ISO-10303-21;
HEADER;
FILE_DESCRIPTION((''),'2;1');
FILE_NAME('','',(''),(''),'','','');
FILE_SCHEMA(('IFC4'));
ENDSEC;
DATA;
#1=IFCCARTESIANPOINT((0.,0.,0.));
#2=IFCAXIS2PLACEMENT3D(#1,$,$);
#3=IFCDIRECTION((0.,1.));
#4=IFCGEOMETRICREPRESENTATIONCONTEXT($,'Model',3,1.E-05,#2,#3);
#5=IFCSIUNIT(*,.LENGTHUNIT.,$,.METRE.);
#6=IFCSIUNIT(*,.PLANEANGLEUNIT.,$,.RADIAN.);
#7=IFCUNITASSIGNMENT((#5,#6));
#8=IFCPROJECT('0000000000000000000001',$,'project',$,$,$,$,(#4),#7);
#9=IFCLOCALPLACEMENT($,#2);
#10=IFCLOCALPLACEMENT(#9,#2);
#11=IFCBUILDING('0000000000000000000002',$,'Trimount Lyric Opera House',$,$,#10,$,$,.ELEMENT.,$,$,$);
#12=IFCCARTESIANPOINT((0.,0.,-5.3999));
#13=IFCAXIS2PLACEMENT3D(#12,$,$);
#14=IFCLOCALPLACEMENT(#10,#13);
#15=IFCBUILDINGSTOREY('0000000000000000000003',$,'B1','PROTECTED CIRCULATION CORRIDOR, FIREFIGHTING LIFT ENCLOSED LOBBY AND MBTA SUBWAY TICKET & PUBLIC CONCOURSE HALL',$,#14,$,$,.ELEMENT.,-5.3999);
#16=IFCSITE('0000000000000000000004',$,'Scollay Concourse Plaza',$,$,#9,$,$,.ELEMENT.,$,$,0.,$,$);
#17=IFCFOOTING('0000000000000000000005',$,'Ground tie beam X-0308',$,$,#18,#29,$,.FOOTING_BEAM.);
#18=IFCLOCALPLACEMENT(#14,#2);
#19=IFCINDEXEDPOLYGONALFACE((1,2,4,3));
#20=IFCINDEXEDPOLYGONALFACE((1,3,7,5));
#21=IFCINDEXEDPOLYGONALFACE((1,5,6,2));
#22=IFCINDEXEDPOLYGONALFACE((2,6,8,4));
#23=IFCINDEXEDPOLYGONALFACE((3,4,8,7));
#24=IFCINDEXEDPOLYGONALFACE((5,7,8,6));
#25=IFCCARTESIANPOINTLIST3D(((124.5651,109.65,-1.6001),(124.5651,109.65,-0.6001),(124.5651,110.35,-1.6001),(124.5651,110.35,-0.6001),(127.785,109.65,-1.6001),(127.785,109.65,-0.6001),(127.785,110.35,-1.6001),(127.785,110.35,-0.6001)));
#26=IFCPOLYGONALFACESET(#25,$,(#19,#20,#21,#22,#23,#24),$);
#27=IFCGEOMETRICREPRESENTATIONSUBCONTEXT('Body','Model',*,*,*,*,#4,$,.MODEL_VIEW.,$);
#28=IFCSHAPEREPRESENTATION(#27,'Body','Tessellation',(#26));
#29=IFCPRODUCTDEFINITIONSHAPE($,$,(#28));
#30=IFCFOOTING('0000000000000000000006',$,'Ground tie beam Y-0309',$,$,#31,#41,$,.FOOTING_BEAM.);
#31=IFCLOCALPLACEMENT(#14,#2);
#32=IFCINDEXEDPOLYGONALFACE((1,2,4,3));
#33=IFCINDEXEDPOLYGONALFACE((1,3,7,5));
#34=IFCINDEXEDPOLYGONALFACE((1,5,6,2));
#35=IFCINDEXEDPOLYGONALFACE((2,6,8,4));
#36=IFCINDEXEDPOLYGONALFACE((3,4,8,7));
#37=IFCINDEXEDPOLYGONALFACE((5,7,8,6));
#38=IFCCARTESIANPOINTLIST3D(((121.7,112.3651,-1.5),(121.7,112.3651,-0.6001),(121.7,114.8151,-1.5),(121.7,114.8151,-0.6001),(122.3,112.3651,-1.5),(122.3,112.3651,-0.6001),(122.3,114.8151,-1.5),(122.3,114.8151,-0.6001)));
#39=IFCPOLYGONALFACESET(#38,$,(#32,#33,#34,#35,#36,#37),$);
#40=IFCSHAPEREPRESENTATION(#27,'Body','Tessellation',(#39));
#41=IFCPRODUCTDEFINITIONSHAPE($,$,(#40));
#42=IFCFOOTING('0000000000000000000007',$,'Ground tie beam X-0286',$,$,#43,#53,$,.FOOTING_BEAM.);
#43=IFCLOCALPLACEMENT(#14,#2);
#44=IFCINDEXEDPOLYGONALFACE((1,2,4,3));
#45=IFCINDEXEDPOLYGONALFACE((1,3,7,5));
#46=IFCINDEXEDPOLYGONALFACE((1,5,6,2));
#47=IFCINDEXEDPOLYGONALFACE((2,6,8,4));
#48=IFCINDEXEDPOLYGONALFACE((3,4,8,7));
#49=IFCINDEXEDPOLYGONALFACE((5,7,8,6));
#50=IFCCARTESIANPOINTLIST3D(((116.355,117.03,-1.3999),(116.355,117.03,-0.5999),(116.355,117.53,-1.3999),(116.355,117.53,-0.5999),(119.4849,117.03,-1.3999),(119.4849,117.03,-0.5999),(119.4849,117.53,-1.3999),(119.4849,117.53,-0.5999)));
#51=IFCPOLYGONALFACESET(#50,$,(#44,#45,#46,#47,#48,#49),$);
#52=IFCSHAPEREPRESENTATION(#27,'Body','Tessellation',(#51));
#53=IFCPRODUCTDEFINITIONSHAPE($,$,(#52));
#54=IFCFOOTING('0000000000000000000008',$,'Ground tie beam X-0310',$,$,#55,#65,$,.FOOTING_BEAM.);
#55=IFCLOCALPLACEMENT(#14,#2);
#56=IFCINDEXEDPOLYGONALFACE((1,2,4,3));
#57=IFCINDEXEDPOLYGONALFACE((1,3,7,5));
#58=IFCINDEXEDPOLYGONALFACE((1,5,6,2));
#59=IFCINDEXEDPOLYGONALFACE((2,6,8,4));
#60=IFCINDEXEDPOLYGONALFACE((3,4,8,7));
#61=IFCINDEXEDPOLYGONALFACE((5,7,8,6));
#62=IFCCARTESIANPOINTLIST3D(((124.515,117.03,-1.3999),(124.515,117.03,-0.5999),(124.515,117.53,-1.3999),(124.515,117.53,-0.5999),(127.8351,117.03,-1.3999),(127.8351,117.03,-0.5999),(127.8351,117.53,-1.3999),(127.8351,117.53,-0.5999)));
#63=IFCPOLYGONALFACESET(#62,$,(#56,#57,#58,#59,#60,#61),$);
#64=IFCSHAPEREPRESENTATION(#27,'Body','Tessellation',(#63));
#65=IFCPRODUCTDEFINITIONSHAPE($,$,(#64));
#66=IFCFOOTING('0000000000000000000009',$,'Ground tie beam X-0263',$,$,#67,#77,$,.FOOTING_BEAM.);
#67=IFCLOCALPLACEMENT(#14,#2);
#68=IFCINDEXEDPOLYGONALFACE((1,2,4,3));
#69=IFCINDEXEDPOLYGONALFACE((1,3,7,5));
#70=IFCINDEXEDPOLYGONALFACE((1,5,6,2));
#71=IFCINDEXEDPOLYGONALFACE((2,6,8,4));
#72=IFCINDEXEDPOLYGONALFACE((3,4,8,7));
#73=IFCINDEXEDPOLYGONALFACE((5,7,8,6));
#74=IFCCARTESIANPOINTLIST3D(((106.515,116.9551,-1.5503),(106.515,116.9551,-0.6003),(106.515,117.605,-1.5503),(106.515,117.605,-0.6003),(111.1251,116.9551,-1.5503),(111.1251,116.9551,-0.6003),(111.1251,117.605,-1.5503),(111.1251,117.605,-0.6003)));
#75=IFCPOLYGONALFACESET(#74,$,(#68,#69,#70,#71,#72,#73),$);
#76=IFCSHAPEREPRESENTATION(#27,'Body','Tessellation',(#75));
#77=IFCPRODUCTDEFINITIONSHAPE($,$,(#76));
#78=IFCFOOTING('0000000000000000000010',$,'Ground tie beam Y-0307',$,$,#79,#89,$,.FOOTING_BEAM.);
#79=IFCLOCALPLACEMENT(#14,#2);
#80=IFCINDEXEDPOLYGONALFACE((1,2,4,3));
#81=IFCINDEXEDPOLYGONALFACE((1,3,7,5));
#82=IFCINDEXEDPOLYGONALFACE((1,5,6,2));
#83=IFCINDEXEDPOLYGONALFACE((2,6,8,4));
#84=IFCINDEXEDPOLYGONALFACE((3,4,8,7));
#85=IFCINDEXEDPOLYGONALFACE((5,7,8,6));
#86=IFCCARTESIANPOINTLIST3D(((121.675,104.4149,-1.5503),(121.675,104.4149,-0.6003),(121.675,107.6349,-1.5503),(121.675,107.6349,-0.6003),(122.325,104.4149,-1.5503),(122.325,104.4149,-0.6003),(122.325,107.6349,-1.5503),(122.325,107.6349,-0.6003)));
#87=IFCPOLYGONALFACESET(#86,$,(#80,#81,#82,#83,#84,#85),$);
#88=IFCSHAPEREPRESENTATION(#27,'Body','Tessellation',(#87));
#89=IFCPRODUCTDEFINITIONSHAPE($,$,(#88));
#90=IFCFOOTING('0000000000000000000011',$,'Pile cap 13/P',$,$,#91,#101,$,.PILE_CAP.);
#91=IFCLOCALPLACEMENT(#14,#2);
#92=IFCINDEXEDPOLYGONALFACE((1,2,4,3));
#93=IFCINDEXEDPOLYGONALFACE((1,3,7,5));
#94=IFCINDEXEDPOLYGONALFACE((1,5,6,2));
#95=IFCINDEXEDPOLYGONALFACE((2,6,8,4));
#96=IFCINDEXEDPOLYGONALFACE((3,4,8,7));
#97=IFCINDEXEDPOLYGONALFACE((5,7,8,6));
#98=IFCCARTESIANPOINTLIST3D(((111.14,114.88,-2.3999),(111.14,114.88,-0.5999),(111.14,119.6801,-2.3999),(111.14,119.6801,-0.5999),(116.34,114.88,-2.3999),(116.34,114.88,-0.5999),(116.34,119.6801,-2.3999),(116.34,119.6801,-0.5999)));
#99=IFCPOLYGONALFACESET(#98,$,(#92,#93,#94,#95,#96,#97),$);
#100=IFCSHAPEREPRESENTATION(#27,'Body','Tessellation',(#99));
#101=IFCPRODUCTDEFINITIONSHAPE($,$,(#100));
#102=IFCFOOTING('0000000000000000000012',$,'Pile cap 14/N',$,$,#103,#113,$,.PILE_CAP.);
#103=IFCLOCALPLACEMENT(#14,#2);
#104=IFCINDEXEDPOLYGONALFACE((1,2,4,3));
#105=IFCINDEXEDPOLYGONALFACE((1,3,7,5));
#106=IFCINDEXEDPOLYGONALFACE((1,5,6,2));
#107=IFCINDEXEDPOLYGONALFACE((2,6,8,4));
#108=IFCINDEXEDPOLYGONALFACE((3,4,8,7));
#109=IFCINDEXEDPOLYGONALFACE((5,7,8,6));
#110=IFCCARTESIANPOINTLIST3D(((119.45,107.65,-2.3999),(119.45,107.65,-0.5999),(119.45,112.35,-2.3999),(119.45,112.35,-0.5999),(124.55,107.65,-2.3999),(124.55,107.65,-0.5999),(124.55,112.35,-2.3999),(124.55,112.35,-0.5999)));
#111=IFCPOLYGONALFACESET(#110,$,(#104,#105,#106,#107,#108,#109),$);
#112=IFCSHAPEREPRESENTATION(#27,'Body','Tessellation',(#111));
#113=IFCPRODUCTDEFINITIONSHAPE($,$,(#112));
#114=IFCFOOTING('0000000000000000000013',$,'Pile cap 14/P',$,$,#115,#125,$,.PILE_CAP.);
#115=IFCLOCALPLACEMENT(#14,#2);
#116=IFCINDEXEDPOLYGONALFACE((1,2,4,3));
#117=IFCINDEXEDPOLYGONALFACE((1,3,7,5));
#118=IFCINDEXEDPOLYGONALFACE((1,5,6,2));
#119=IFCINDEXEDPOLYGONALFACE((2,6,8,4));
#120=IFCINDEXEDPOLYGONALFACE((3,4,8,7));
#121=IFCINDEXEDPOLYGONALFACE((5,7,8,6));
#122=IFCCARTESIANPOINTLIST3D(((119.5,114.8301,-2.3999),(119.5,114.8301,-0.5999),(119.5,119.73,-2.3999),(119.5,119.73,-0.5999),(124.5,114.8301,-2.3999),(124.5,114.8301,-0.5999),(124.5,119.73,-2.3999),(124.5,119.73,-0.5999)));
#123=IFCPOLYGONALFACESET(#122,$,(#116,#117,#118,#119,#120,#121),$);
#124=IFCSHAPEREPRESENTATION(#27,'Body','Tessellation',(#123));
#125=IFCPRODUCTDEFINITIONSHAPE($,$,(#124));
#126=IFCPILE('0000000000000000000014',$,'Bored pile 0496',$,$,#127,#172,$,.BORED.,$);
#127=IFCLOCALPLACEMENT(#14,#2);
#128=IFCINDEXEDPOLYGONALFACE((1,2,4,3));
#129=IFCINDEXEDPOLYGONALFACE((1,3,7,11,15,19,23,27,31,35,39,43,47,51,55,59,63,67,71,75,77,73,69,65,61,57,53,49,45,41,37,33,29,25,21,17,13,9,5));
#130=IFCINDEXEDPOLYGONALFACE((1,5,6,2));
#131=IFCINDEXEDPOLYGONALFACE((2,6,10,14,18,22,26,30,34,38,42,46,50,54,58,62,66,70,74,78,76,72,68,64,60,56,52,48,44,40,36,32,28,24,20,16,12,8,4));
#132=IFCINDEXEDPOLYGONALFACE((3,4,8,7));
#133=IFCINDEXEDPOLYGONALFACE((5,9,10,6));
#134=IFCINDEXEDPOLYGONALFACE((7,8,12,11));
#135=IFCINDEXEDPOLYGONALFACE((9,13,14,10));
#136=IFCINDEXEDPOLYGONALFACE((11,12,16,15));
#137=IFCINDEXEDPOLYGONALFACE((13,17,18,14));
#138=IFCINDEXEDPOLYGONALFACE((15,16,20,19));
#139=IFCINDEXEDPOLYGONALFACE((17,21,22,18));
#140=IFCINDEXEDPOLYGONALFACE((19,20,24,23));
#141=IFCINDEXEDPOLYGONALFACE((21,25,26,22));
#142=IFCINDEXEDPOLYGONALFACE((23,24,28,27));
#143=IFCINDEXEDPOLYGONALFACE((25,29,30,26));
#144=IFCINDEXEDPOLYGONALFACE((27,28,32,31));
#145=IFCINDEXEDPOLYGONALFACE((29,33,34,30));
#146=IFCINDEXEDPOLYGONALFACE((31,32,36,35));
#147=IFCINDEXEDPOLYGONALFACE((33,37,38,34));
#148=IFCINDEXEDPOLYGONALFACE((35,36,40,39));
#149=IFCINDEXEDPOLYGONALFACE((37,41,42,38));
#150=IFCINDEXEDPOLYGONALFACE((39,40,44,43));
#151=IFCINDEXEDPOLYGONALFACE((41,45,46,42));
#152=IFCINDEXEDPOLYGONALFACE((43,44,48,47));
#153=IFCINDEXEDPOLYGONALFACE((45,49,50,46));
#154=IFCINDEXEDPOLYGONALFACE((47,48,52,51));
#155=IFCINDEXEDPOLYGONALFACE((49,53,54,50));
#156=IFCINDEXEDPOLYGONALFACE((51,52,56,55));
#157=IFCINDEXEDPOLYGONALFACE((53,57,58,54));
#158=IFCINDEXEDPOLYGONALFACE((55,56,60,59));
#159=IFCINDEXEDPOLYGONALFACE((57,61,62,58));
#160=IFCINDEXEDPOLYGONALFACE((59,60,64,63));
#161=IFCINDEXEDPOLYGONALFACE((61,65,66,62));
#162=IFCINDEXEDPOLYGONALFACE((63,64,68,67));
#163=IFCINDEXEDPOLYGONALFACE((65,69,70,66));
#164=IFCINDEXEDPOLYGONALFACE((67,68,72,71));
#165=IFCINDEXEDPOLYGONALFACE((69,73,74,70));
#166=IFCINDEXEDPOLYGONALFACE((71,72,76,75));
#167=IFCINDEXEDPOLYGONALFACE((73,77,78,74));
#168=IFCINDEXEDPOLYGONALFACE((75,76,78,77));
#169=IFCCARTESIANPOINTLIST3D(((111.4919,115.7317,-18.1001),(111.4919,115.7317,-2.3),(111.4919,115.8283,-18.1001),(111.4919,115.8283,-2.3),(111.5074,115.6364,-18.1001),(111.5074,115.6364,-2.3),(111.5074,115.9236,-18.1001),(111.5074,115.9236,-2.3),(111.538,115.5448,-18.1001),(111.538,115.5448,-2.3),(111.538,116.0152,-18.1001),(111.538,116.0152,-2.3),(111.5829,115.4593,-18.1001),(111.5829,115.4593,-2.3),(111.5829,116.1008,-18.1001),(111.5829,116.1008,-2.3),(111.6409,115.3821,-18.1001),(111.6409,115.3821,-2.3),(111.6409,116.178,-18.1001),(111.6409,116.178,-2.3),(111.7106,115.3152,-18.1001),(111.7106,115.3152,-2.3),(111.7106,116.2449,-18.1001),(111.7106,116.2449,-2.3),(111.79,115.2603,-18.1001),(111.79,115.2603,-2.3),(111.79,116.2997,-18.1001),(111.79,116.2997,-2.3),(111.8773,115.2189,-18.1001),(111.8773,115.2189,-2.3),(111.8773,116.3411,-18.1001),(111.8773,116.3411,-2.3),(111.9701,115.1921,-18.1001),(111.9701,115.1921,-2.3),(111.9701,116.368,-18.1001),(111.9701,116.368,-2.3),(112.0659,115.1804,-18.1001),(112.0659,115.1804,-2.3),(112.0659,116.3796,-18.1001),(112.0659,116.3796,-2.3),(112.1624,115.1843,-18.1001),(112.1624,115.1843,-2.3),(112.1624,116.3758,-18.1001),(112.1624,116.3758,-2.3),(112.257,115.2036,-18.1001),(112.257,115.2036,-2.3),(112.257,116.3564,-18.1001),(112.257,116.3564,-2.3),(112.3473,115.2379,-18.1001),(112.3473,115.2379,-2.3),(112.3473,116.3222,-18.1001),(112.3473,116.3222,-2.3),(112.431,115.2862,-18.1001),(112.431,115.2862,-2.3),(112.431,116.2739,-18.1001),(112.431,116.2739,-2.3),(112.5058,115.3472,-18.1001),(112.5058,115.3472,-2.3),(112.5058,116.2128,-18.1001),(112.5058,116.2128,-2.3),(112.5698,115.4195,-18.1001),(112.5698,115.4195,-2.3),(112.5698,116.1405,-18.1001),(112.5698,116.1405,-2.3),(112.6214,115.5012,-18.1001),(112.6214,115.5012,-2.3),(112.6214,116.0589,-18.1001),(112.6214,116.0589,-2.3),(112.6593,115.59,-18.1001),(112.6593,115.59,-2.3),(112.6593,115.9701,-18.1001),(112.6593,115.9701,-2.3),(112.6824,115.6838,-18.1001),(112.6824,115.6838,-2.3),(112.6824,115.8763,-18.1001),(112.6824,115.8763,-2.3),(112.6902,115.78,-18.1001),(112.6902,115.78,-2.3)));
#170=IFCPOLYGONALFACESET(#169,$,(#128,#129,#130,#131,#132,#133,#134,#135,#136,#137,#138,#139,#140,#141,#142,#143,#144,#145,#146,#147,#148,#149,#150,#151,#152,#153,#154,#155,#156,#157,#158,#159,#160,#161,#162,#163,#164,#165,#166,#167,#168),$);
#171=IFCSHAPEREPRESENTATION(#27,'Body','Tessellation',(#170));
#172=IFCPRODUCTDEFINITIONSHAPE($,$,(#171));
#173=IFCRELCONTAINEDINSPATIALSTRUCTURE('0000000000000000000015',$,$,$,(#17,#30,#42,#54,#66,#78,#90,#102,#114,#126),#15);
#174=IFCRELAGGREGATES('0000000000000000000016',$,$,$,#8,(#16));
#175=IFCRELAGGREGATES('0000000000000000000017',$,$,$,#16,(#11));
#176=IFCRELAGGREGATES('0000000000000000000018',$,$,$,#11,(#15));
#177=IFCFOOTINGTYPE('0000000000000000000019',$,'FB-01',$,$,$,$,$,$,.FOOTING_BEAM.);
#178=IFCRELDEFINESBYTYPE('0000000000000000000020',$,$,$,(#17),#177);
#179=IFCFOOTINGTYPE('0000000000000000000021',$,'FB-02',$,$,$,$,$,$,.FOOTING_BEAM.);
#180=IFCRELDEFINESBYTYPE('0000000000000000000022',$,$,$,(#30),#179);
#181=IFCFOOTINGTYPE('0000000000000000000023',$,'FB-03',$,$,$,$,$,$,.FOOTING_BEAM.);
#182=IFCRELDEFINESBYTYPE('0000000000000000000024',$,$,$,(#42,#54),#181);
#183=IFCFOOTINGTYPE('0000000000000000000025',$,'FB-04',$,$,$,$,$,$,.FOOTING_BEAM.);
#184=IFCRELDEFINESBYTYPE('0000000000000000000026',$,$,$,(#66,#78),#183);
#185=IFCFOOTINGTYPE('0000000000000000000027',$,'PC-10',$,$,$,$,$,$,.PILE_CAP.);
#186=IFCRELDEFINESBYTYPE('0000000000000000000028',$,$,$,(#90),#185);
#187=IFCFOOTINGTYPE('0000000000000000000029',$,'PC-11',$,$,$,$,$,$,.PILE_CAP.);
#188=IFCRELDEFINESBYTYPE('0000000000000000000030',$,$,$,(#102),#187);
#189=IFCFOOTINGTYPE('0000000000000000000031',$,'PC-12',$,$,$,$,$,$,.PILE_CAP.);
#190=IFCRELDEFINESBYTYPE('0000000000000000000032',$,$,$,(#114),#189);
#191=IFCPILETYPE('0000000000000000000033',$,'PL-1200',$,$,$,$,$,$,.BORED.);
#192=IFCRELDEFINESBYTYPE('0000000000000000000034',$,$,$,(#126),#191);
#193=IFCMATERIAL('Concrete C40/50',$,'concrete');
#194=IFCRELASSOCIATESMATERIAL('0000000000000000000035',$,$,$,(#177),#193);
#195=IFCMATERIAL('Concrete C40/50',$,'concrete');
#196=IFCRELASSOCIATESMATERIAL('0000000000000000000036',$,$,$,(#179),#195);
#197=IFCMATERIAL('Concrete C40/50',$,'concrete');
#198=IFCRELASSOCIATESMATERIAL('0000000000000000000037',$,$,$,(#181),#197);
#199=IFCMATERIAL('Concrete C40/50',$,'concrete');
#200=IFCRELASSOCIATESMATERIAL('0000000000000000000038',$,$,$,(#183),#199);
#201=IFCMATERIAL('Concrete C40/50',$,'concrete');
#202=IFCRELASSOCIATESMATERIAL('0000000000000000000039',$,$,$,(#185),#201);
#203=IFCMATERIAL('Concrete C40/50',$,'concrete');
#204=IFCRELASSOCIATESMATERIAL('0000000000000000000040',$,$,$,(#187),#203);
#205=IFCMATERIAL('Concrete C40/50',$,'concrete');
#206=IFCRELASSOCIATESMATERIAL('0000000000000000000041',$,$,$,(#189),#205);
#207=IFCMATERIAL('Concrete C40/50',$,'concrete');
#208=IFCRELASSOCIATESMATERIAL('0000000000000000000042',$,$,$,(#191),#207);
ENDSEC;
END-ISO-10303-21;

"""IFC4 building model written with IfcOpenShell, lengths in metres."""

from ifc_helpers import new_model, si_unit, direction, frame, origin, origin_2d, place, context, subcontext, project, spatial, rectangle, circle, extrude, material, material_profile, profile_set, type_object, element, save


model = new_model("IFC4")

# Units and contexts
model_context = context("Model", 3, precision=1e-05, world=origin(), true_north=direction((0.0, 1.0)))
body_context = subcontext(model_context, "Body", "Model", "MODEL_VIEW")
ifc_project = project(units=[si_unit("LENGTHUNIT", "METRE"), si_unit("PLANEANGLEUNIT", "RADIAN")], contexts=[model_context])

# Site, building, storey
site_placement = place(None, origin())
site = spatial("IfcSite", under=ifc_project, at=site_placement, Name="Scollay Concourse Plaza", CompositionType="ELEMENT", RefElevation=0.0)
building_placement = place(site_placement, origin())
building = spatial("IfcBuilding", under=site, at=building_placement, Name="Trimount Lyric Opera House", CompositionType="ELEMENT")
storey_placement = place(building_placement, frame((0.0, 0.0, -5.3999)))
storey = spatial("IfcBuildingStorey", under=building, at=storey_placement, Name="B1", Description="PROTECTED CIRCULATION CORRIDOR, FIREFIGHTING LIFT ENCLOSED LOBBY AND MBTA SUBWAY TICKET & PUBLIC CONCOURSE HALL", CompositionType="ELEMENT", Elevation=-5.3999)

# Footings
ifc_material_1 = material(Name="Concrete C40/50", Category="concrete")
footing_type_1 = type_object("IfcFootingType", Name="FB-01", PredefinedType="FOOTING_BEAM", material=ifc_material_1)
footing_1_placement = place(storey_placement, frame((126.175, 110.0, -1.6001), z_axis=(0.0, 0.0, 1.0), x_axis=(1.0, 0.0, 0.0)))
element("IfcFooting", 1, at=footing_1_placement, inside=storey, type_object=footing_type_1, Name="Ground tie beam X-0308", PredefinedType="FOOTING_BEAM", context=body_context, shape_type="SweptSolid", body=[
    extrude(rectangle(XDim=3.22, YDim=0.7, at=origin_2d()), origin(), (0.0, 0.0, 1.0), 1.0),
])
ifc_material_2 = material(Name="Concrete C40/50", Category="concrete")
footing_type_2 = type_object("IfcFootingType", Name="FB-02", PredefinedType="FOOTING_BEAM", material=ifc_material_2)
footing_2_placement = place(storey_placement, frame((122.0, 113.5901, -1.5), z_axis=(0.0, 0.0, 1.0), x_axis=(1.0, 0.0, 0.0)))
element("IfcFooting", 2, at=footing_2_placement, inside=storey, type_object=footing_type_2, Name="Ground tie beam Y-0309", PredefinedType="FOOTING_BEAM", context=body_context, shape_type="SweptSolid", body=[
    extrude(rectangle(XDim=0.6001, YDim=2.45, at=origin_2d()), origin(), (0.0, 0.0, 1.0), 0.8999),
])
ifc_material_3 = material(Name="Concrete C40/50", Category="concrete")
footing_type_3 = type_object("IfcFootingType", Name="FB-03", PredefinedType="FOOTING_BEAM", material=ifc_material_3)
footing_3_placement = place(storey_placement, frame((117.9199, 117.28, -1.3999), z_axis=(0.0, 0.0, 1.0), x_axis=(1.0, 0.0, 0.0)))
element("IfcFooting", 3, at=footing_3_placement, inside=storey, type_object=footing_type_3, Name="Ground tie beam X-0286", PredefinedType="FOOTING_BEAM", context=body_context, shape_type="SweptSolid", body=[
    extrude(rectangle(XDim=3.1299, YDim=0.5, at=origin_2d()), origin(), (0.0, 0.0, 1.0), 0.8),
])
footing_4_placement = place(storey_placement, frame((126.175, 117.28, -1.3999), z_axis=(0.0, 0.0, 1.0), x_axis=(1.0, 0.0, 0.0)))
element("IfcFooting", 4, at=footing_4_placement, inside=storey, type_object=footing_type_3, Name="Ground tie beam X-0310", PredefinedType="FOOTING_BEAM", context=body_context, shape_type="SweptSolid", body=[
    extrude(rectangle(XDim=3.3201, YDim=0.5, at=origin_2d()), origin(), (0.0, 0.0, 1.0), 0.8),
])
ifc_material_4 = material(Name="Concrete C40/50", Category="concrete")
footing_type_4 = type_object("IfcFootingType", Name="FB-04", PredefinedType="FOOTING_BEAM", material=ifc_material_4)
footing_5_placement = place(storey_placement, frame((108.8201, 117.28, -1.5503), z_axis=(0.0, 0.0, 1.0), x_axis=(1.0, 0.0, 0.0)))
element("IfcFooting", 5, at=footing_5_placement, inside=storey, type_object=footing_type_4, Name="Ground tie beam X-0263", PredefinedType="FOOTING_BEAM", context=body_context, shape_type="SweptSolid", body=[
    extrude(rectangle(XDim=4.6101, YDim=0.6499, at=origin_2d()), origin(), (0.0, 0.0, 1.0), 0.95),
])
footing_6_placement = place(storey_placement, frame((122.0, 106.0249, -1.5503), z_axis=(0.0, 0.0, 1.0), x_axis=(1.0, 0.0, 0.0)))
element("IfcFooting", 6, at=footing_6_placement, inside=storey, type_object=footing_type_4, Name="Ground tie beam Y-0307", PredefinedType="FOOTING_BEAM", context=body_context, shape_type="SweptSolid", body=[
    extrude(rectangle(XDim=0.6499, YDim=3.22, at=origin_2d()), origin(), (0.0, 0.0, 1.0), 0.95),
])
ifc_material_5 = material(Name="Concrete C40/50", Category="concrete")
footing_type_5 = type_object("IfcFootingType", Name="PC-10", PredefinedType="PILE_CAP", material=ifc_material_5)
footing_7_placement = place(storey_placement, frame((113.74, 117.28, -2.3999), z_axis=(0.0, 0.0, 1.0), x_axis=(1.0, 0.0, 0.0)))
element("IfcFooting", 7, at=footing_7_placement, inside=storey, type_object=footing_type_5, Name="Pile cap 13/P", PredefinedType="PILE_CAP", context=body_context, shape_type="SweptSolid", body=[
    extrude(rectangle(XDim=5.2, YDim=4.8, at=origin_2d()), origin(), (0.0, 0.0, 1.0), 1.8),
])
ifc_material_6 = material(Name="Concrete C40/50", Category="concrete")
footing_type_6 = type_object("IfcFootingType", Name="PC-11", PredefinedType="PILE_CAP", material=ifc_material_6)
footing_8_placement = place(storey_placement, frame((122.0, 110.0, -2.3999), z_axis=(0.0, 0.0, 1.0), x_axis=(1.0, 0.0, 0.0)))
element("IfcFooting", 8, at=footing_8_placement, inside=storey, type_object=footing_type_6, Name="Pile cap 14/N", PredefinedType="PILE_CAP", context=body_context, shape_type="SweptSolid", body=[
    extrude(rectangle(XDim=5.1001, YDim=4.7, at=origin_2d()), origin(), (0.0, 0.0, 1.0), 1.8),
])
ifc_material_7 = material(Name="Concrete C40/50", Category="concrete")
footing_type_7 = type_object("IfcFootingType", Name="PC-12", PredefinedType="PILE_CAP", material=ifc_material_7)
footing_9_placement = place(storey_placement, frame((122.0, 117.28, -2.3999), z_axis=(0.0, 0.0, 1.0), x_axis=(1.0, 0.0, 0.0)))
element("IfcFooting", 9, at=footing_9_placement, inside=storey, type_object=footing_type_7, Name="Pile cap 14/P", PredefinedType="PILE_CAP", context=body_context, shape_type="SweptSolid", body=[
    extrude(rectangle(XDim=5.0, YDim=4.8999, at=origin_2d()), origin(), (0.0, 0.0, 1.0), 1.8),
])

# Pile
ifc_material_8 = material(Name="Concrete C40/50", Category="concrete")
ifc_material_profile_1 = material_profile(ifc_material_8, circle(Radius=0.6001, at=origin_2d()), Name="PILE-D1200")
ifc_profile_set_1 = profile_set([ifc_material_profile_1], Name="Concrete C40/50")
pile_type = type_object("IfcPileType", Name="PL-1200", PredefinedType="BORED", material=ifc_profile_set_1)
for number, where, z_axis, x_axis, name in (
    (10, (112.0901, 115.78, -2.3), (0.0, 0.0, -1.0), (1.0, 0.0, 0.0), "Bored pile 0496"),
):
    element("IfcPile", number, at=place(storey_placement, frame(where, z_axis=z_axis, x_axis=x_axis)), inside=storey, type_object=pile_type, Name=name, PredefinedType="BORED", context=body_context, shape_type="SweptSolid", body=[
        extrude(circle(Radius=0.6001, at=origin_2d()), origin(), (0.0, 0.0, 1.0), 15.8),
    ])

save(model, "model.ifc")
